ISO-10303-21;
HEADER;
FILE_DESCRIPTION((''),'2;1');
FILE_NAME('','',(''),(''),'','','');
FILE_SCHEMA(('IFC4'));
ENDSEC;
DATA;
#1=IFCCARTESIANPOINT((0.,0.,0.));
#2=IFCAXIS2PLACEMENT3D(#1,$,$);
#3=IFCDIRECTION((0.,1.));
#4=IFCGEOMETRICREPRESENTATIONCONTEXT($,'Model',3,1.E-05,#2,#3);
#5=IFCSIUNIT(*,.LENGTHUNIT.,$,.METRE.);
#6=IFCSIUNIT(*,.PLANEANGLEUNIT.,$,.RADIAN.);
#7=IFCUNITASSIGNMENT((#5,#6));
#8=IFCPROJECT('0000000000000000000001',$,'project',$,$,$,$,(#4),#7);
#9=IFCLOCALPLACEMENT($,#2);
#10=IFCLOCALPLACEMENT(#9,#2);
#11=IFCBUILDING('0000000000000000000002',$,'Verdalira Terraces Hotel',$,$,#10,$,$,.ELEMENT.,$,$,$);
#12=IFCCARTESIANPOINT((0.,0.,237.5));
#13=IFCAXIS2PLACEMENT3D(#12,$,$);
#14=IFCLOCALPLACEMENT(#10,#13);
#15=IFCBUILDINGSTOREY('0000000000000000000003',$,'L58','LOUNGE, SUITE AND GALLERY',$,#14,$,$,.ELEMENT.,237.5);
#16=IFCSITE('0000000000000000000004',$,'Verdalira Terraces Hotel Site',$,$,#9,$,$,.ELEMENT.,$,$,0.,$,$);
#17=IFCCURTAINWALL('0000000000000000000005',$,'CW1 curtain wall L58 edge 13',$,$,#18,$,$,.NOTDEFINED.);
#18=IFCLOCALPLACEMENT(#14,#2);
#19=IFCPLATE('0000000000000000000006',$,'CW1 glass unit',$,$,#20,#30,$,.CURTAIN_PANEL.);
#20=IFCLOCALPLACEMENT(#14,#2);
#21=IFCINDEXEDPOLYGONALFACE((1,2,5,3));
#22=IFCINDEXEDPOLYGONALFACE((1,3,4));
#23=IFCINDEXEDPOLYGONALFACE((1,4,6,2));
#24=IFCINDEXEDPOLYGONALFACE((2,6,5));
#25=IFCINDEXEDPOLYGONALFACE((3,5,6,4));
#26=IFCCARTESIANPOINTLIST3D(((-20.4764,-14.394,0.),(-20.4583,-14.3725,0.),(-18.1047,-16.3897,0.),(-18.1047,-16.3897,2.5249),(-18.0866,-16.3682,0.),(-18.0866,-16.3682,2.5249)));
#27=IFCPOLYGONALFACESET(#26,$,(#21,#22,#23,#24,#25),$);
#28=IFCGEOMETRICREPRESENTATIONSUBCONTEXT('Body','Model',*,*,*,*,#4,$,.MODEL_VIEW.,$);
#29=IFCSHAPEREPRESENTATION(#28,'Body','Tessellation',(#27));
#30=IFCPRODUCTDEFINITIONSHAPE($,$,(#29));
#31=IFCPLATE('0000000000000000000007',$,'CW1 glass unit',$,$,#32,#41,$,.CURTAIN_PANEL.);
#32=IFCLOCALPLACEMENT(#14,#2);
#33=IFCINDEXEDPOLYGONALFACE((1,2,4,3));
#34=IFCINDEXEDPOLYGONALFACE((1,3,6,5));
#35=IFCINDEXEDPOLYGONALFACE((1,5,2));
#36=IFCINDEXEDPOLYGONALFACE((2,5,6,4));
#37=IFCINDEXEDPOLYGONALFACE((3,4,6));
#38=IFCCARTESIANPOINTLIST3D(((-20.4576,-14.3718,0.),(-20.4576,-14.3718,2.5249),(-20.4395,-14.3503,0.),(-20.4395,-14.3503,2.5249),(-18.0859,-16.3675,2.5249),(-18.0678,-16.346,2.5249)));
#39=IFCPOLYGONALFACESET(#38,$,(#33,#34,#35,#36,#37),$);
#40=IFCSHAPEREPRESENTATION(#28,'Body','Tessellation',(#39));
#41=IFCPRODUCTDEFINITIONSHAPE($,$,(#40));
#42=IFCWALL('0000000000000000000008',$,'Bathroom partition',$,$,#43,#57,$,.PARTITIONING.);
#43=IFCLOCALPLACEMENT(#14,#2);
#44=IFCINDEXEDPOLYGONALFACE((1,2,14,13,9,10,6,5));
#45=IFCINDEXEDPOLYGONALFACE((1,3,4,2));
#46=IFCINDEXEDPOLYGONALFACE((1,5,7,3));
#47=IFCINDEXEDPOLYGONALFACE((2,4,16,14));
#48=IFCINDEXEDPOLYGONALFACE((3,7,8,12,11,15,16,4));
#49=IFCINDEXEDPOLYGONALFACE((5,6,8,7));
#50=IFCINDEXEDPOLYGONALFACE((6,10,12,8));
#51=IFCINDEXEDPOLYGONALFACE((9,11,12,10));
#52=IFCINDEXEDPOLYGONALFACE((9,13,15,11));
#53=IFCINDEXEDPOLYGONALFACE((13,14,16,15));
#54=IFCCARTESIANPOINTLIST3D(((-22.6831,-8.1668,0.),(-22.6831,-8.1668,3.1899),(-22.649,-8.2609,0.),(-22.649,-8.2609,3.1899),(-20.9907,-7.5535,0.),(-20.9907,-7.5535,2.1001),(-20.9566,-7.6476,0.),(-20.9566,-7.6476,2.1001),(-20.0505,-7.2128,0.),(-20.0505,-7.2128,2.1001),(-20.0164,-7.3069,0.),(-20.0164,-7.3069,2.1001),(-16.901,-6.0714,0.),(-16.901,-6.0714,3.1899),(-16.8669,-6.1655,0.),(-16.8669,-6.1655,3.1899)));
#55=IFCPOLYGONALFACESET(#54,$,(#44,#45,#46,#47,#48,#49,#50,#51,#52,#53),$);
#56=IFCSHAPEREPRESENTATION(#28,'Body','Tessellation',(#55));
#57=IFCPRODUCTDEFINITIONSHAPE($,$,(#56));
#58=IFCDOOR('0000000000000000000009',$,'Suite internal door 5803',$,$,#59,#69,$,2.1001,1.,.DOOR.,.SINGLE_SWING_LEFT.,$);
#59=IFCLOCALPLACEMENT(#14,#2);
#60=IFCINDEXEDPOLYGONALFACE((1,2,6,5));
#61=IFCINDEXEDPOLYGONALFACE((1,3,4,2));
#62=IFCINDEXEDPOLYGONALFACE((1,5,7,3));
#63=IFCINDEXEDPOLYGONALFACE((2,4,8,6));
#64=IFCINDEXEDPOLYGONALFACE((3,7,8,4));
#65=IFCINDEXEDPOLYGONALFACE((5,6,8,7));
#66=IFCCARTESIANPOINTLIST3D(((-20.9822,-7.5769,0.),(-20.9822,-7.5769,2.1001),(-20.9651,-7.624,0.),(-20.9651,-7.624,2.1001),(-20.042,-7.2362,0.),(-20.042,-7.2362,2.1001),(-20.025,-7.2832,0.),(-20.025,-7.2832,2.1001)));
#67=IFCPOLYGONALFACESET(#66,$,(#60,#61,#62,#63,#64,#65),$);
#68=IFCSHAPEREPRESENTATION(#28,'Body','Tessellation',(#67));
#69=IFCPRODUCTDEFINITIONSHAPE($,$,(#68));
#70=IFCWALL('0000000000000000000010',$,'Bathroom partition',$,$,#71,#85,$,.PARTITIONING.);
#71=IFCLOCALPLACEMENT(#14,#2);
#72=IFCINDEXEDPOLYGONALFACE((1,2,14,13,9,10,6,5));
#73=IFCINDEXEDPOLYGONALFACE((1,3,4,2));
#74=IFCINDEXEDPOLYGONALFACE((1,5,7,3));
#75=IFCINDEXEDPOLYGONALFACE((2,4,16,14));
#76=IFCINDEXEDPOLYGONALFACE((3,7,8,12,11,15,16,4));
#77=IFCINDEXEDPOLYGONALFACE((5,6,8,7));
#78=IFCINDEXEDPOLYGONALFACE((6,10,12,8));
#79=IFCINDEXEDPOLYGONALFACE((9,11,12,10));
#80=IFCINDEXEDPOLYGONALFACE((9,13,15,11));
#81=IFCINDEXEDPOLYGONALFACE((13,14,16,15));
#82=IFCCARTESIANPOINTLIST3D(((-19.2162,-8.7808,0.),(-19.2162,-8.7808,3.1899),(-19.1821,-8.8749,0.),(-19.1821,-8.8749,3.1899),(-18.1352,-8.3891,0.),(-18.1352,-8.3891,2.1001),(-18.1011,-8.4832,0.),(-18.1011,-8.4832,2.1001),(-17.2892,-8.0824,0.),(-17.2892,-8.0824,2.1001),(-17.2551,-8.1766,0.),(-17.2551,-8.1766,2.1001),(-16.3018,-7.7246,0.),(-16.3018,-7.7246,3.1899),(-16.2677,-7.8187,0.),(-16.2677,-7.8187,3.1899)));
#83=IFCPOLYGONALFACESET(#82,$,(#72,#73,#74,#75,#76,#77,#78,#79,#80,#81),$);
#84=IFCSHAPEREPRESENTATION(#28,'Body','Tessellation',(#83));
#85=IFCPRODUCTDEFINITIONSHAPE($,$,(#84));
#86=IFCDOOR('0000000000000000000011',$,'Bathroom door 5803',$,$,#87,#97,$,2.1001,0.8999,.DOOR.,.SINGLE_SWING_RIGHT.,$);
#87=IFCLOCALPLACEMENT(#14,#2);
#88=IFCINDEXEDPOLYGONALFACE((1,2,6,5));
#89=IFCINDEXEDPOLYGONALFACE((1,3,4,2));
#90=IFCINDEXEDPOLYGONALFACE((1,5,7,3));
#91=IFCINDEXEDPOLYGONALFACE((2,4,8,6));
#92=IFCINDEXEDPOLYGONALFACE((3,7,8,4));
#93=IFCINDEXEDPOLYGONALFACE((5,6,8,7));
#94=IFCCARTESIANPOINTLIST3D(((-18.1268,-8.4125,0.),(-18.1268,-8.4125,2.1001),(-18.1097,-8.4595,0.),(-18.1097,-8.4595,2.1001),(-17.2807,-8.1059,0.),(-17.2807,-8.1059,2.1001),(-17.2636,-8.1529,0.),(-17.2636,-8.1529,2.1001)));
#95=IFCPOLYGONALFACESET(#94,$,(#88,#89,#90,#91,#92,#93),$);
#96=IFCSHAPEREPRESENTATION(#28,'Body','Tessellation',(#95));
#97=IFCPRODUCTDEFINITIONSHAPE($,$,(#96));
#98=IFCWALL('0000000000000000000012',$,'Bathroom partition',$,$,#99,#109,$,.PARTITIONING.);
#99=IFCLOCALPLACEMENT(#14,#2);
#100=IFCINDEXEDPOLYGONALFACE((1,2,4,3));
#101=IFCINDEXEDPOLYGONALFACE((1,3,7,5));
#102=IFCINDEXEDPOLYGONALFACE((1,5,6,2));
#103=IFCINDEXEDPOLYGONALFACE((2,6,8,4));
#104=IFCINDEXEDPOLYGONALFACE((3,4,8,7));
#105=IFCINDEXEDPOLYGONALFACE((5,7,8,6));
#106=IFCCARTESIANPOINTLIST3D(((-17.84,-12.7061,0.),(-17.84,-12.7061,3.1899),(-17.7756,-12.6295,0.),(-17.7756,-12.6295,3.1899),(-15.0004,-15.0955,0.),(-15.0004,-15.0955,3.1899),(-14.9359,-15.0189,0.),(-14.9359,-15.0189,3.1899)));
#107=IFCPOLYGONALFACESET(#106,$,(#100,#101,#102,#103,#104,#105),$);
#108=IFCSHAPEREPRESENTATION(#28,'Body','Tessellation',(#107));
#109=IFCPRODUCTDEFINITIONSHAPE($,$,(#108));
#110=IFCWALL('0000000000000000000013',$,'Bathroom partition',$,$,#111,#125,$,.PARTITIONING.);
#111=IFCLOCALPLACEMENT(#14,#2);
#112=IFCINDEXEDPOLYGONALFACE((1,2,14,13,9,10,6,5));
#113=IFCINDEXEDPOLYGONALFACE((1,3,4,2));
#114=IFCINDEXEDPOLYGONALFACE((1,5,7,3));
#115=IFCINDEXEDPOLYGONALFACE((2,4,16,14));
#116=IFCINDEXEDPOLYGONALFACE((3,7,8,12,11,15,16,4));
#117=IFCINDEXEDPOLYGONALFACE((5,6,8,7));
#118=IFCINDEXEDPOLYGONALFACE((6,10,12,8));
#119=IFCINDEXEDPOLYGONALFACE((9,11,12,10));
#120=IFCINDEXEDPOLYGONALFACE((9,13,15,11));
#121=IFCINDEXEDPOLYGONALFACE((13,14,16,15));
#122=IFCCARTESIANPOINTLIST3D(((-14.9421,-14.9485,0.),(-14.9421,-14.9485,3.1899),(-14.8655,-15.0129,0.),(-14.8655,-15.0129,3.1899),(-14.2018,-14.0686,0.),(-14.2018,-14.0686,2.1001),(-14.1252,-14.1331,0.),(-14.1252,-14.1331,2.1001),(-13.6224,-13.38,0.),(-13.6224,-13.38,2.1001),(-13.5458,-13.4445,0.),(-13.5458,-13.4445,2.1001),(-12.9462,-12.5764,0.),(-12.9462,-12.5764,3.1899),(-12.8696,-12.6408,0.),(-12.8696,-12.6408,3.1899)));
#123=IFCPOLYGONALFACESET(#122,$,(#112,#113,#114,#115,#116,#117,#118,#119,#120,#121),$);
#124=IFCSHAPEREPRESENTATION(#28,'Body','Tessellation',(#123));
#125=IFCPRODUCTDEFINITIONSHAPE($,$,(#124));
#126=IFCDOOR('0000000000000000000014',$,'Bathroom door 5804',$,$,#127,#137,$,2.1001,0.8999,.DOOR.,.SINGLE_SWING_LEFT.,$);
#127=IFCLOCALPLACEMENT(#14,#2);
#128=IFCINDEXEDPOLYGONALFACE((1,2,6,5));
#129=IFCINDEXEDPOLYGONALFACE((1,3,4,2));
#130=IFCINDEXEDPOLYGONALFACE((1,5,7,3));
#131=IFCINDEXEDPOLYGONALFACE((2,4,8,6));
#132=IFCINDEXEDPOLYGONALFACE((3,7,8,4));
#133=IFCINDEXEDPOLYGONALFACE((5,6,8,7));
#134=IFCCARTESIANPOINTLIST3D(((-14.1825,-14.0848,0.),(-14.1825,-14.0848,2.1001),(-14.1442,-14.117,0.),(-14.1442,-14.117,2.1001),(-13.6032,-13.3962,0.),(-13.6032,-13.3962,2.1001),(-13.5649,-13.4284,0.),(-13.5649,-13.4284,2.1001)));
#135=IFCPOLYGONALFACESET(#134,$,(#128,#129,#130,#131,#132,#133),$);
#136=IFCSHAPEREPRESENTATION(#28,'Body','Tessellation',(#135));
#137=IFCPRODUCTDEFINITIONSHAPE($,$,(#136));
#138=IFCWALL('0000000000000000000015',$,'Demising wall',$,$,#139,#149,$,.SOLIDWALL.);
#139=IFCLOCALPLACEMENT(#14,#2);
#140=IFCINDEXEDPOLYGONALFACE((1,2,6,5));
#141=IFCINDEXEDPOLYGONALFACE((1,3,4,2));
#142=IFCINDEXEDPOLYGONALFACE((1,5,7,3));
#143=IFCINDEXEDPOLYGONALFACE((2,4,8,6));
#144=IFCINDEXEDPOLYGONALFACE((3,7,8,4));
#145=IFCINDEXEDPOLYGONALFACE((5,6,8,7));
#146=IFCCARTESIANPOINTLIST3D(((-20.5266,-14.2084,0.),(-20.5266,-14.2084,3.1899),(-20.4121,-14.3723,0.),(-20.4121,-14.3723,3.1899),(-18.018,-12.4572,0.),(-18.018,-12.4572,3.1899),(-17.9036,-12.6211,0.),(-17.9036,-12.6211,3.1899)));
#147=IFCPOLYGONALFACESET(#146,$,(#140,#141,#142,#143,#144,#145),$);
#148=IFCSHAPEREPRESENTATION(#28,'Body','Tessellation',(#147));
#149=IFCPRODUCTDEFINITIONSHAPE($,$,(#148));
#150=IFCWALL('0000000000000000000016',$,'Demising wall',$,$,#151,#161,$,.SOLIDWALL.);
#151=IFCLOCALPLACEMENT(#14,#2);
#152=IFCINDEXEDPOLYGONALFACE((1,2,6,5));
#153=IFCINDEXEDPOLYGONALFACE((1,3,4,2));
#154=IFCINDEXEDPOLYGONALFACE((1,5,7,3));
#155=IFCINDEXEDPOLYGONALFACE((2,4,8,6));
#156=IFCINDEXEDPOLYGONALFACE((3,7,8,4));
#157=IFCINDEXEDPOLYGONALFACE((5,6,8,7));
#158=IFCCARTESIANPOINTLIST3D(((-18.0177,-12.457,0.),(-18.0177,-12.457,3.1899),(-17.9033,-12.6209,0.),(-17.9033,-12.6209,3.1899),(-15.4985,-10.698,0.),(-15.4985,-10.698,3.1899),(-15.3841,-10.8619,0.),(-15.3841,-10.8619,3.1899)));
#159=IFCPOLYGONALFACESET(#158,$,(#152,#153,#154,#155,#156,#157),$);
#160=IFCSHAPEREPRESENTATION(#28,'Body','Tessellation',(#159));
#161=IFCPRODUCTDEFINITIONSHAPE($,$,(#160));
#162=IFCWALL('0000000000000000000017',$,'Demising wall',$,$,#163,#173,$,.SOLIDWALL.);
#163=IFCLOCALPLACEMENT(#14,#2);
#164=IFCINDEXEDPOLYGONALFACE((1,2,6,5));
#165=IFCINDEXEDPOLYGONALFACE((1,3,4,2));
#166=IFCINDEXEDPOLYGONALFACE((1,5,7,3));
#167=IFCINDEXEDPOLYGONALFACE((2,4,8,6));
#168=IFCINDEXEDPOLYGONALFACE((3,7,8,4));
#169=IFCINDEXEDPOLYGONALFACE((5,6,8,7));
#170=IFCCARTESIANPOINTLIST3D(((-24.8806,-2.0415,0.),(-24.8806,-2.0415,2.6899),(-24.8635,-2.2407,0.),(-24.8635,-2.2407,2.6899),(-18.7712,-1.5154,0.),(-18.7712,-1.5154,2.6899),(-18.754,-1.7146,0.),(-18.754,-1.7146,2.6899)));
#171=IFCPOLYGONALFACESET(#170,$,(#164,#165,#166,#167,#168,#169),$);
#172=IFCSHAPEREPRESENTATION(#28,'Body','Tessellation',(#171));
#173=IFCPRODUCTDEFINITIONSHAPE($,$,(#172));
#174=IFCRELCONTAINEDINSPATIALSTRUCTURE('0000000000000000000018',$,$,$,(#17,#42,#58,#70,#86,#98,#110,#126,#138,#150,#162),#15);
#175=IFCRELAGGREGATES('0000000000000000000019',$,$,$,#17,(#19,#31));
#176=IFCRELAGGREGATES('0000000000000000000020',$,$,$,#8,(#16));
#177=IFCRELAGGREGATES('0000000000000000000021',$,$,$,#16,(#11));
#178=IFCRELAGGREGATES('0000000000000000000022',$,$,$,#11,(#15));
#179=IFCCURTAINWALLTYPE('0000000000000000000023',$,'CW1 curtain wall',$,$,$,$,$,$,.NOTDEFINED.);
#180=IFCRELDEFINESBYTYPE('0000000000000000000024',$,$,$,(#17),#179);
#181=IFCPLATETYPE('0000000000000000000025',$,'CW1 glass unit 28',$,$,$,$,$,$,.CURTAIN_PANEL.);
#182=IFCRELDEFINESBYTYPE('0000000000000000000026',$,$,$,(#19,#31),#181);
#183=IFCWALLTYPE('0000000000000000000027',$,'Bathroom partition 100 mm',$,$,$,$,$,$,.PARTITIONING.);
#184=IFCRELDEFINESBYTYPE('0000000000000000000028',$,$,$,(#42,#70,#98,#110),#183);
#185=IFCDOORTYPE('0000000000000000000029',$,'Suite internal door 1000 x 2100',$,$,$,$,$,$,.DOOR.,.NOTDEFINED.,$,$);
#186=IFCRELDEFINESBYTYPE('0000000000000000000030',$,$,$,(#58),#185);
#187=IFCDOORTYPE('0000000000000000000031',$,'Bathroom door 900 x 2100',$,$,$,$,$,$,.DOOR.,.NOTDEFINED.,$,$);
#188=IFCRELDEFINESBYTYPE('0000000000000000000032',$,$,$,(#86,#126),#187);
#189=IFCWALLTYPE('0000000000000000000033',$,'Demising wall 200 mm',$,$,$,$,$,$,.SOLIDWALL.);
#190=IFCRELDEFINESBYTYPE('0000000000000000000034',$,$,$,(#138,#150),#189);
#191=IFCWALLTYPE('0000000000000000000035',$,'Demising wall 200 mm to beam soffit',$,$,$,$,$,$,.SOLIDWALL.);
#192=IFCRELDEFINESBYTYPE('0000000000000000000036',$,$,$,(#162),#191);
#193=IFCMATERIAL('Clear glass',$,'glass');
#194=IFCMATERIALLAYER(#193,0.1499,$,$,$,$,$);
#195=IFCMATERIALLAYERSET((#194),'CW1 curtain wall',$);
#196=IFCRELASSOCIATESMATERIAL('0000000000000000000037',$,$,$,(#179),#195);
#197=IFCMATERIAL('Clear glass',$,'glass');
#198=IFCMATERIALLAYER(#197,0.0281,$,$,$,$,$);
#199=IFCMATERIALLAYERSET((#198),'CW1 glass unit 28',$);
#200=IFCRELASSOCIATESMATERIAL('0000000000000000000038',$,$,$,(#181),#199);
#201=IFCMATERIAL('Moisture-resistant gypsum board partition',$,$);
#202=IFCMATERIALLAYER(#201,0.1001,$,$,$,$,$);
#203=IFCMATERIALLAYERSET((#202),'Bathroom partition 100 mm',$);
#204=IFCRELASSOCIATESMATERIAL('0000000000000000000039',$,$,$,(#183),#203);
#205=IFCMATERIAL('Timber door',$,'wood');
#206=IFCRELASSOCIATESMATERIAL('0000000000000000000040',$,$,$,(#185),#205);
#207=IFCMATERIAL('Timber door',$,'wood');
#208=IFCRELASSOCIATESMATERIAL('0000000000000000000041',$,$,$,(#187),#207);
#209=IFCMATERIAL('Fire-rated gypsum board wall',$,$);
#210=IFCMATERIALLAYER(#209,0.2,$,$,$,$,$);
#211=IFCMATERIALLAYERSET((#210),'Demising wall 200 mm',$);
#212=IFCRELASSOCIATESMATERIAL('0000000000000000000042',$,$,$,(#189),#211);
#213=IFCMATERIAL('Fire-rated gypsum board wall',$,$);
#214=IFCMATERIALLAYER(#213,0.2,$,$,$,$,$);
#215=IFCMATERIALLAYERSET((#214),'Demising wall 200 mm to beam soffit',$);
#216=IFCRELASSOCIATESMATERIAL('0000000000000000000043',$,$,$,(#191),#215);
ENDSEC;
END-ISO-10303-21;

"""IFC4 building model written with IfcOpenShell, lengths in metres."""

from ifc_helpers import new_model, si_unit, direction, frame, frame_2d, origin, place, context, subcontext, project, spatial, polyline, rectangle, outline, extrude, material, layer, layer_set, type_object, element, fill, aggregate, save


model = new_model("IFC4")

# Units and contexts
model_context = context("Model", 3, precision=1e-05, world=origin(), true_north=direction((0.0, 1.0)))
body_context = subcontext(model_context, "Body", "Model", "MODEL_VIEW")
ifc_project = project(units=[si_unit("LENGTHUNIT", "METRE"), si_unit("PLANEANGLEUNIT", "RADIAN")], contexts=[model_context])

# Site, building, storey
site_placement = place(None, origin())
site = spatial("IfcSite", under=ifc_project, at=site_placement, Name="Verdalira Terraces Hotel Site", CompositionType="ELEMENT", RefElevation=0.0)
building_placement = place(site_placement, origin())
building = spatial("IfcBuilding", under=site, at=building_placement, Name="Verdalira Terraces Hotel", CompositionType="ELEMENT")
storey_placement = place(building_placement, frame((0.0, 0.0, 237.5)))
storey = spatial("IfcBuildingStorey", under=building, at=storey_placement, Name="L58", Description="LOUNGE, SUITE AND GALLERY", CompositionType="ELEMENT", Elevation=237.5)

# Curtain wall, plates
ifc_material_1 = material(Name="Clear glass", Category="glass")
ifc_layer_1 = layer(ifc_material_1, 0.1499)
ifc_layer_set_1 = layer_set([ifc_layer_1], Name="CW1 curtain wall")
curtain_wall_type = type_object("IfcCurtainWallType", Name="CW1 curtain wall", PredefinedType="NOTDEFINED", material=ifc_layer_set_1)
curtain_wall_placement = place(storey_placement, origin())
curtain_wall = element("IfcCurtainWall", 1, at=curtain_wall_placement, inside=storey, type_object=curtain_wall_type, Name="CW1 curtain wall L58 edge 13", PredefinedType="NOTDEFINED")
ifc_material_2 = material(Name="Clear glass", Category="glass")
ifc_layer_2 = layer(ifc_material_2, 0.0281)
ifc_layer_set_2 = layer_set([ifc_layer_2], Name="CW1 glass unit 28")
plate_type = type_object("IfcPlateType", Name="CW1 glass unit 28", PredefinedType="CURTAIN_PANEL", material=ifc_layer_set_2)
plate_1_placement = place(storey_placement, frame((-19.2725, -15.3704, 1.2625), z_axis=(-0.643857, -0.765146, 0.0), x_axis=(0.765146, -0.643857, 0.0)))
plate_1 = element("IfcPlate", 2, at=plate_1_placement, type_object=plate_type, Name="CW1 glass unit", PredefinedType="CURTAIN_PANEL", context=body_context, shape_type="SweptSolid", body=[
    extrude(outline(polyline([(-1.5498, -1.2625), (1.5498, -1.2625), (1.5498, 1.2625), (-1.5498, -1.2625)])), origin(), (0.0, 0.0, 1.0), 0.0281),
])
plate_2_placement = place(storey_placement, frame((-19.2537, -15.3481, 1.2625), z_axis=(-0.643857, -0.765146, 0.0), x_axis=(0.765146, -0.643857, 0.0)))
plate_2 = element("IfcPlate", 3, at=plate_2_placement, type_object=plate_type, Name="CW1 glass unit", PredefinedType="CURTAIN_PANEL", context=body_context, shape_type="SweptSolid", body=[
    extrude(outline(polyline([(-1.5498, -1.2625), (1.5498, 1.2625), (-1.5498, 1.2625), (-1.5498, -1.2625)])), origin(), (0.0, 0.0, 1.0), 0.0281),
])
aggregate(curtain_wall, [plate_1, plate_2])

# Walls, openings, doors
ifc_material_3 = material(Name="Moisture-resistant gypsum board partition")
ifc_layer_3 = layer(ifc_material_3, 0.1001)
ifc_layer_set_3 = layer_set([ifc_layer_3], Name="Bathroom partition 100 mm")
wall_type_1 = type_object("IfcWallType", Name="Bathroom partition 100 mm", PredefinedType="PARTITIONING", material=ifc_layer_set_3)
wall_1_placement = place(storey_placement, frame((-16.8838, -6.1184, 0.0), z_axis=(0.0, 0.0, 1.0), x_axis=(-0.940167, -0.340713, 0.0)))
wall_1 = element("IfcWall", 4, at=wall_1_placement, inside=storey, type_object=wall_type_1, Name="Bathroom partition", PredefinedType="PARTITIONING", context=body_context, shape_type="SweptSolid", body=[
    extrude(rectangle(XDim=6.1501, YDim=0.1001, at=frame_2d((3.0752, 0.0))), origin(), (0.0, 0.0, 1.0), 3.1899),
])
opening_1_placement = place(wall_1_placement, frame((3.3501, 0.0, 0.0)))
opening_1 = element("IfcOpeningElement", 5, at=opening_1_placement, cuts=wall_1, PredefinedType="OPENING", context=body_context, shape_type="SweptSolid", body=[
    extrude(rectangle(XDim=1.0, YDim=2.1001, at=frame_2d((0.5, 1.05))), frame((0.0, 0.0601, 0.0), z_axis=(0.0, -1.0, 0.0), x_axis=(1.0, 0.0, 0.0)), (0.0, 0.0, 1.0), 0.1201),
])
ifc_material_4 = material(Name="Timber door", Category="wood")
door_type_1 = type_object("IfcDoorType", Name="Suite internal door 1000 x 2100", OperationType="NOTDEFINED", PredefinedType="DOOR", material=ifc_material_4)
door_1_placement = place(opening_1_placement, origin())
door_1 = element("IfcDoor", 6, at=door_1_placement, inside=storey, type_object=door_type_1, Name="Suite internal door 5803", OperationType="SINGLE_SWING_LEFT", OverallHeight=2.1001, OverallWidth=1.0, PredefinedType="DOOR", context=body_context, shape_type="SweptSolid", body=[
    extrude(rectangle(XDim=1.0, YDim=2.1001, at=frame_2d((0.5, 1.05))), frame((0.0, 0.0249, 0.0), z_axis=(0.0, -1.0, 0.0), x_axis=(1.0, 0.0, 0.0)), (0.0, 0.0, 1.0), 0.05),
])
fill(opening_1, door_1)
wall_2_placement = place(storey_placement, frame((-16.2849, -7.7717, 0.0), z_axis=(0.0, 0.0, 1.0), x_axis=(-0.940165, -0.340718, 0.0)))
wall_2 = element("IfcWall", 7, at=wall_2_placement, inside=storey, type_object=wall_type_1, Name="Bathroom partition", PredefinedType="PARTITIONING", context=body_context, shape_type="SweptSolid", body=[
    extrude(rectangle(XDim=3.0999, YDim=0.1001, at=frame_2d((1.5498, 0.0))), origin(), (0.0, 0.0, 1.0), 3.1899),
])
opening_2_placement = place(wall_2_placement, frame((1.05, 0.0, 0.0)))
opening_2 = element("IfcOpeningElement", 8, at=opening_2_placement, cuts=wall_2, PredefinedType="OPENING", context=body_context, shape_type="SweptSolid", body=[
    extrude(rectangle(XDim=0.8999, YDim=2.1001, at=frame_2d((0.45, 1.05))), frame((0.0, 0.0601, 0.0), z_axis=(0.0, -1.0, 0.0), x_axis=(1.0, 0.0, 0.0)), (0.0, 0.0, 1.0), 0.1201),
])
ifc_material_5 = material(Name="Timber door", Category="wood")
door_type_2 = type_object("IfcDoorType", Name="Bathroom door 900 x 2100", OperationType="NOTDEFINED", PredefinedType="DOOR", material=ifc_material_5)
door_2_placement = place(opening_2_placement, origin())
door_2 = element("IfcDoor", 9, at=door_2_placement, inside=storey, type_object=door_type_2, Name="Bathroom door 5803", OperationType="SINGLE_SWING_RIGHT", OverallHeight=2.1001, OverallWidth=0.8999, PredefinedType="DOOR", context=body_context, shape_type="SweptSolid", body=[
    extrude(rectangle(XDim=0.8999, YDim=2.1001, at=frame_2d((0.45, 1.05))), frame((0.0, 0.0249, 0.0), z_axis=(0.0, -1.0, 0.0), x_axis=(1.0, 0.0, 0.0)), (0.0, 0.0, 1.0), 0.05),
])
fill(opening_2, door_2)

# Wall
wall_3_placement = place(storey_placement, frame((-14.9683, -15.0571, 0.0), z_axis=(0.0, 0.0, 1.0), x_axis=(-0.765155, 0.643846, 0.0)))
element("IfcWall", 10, at=wall_3_placement, inside=storey, type_object=wall_type_1, Name="Bathroom partition", PredefinedType="PARTITIONING", context=body_context, shape_type="SweptSolid", body=[
    extrude(rectangle(XDim=3.7112, YDim=0.1001, at=frame_2d((1.8555, 0.0))), origin(), (0.0, 0.0, 1.0), 3.1899),
])

# Wall, opening, door
wall_4_placement = place(storey_placement, frame((-14.9038, -14.9807, 0.0), z_axis=(0.0, 0.0, 1.0), x_axis=(0.643818, 0.765179, 0.0)))
wall_4 = element("IfcWall", 11, at=wall_4_placement, inside=storey, type_object=wall_type_1, Name="Bathroom partition", PredefinedType="PARTITIONING", context=body_context, shape_type="SweptSolid", body=[
    extrude(rectangle(XDim=3.1001, YDim=0.1001, at=frame_2d((1.55, 0.0))), origin(), (0.0, 0.0, 1.0), 3.1899),
])
opening_3_placement = place(wall_4_placement, frame((1.1499, 0.0, 0.0)))
opening_3 = element("IfcOpeningElement", 12, at=opening_3_placement, cuts=wall_4, PredefinedType="OPENING", context=body_context, shape_type="SweptSolid", body=[
    extrude(rectangle(XDim=0.8999, YDim=2.1001, at=frame_2d((0.45, 1.05))), frame((0.0, 0.0601, 0.0), z_axis=(0.0, -1.0, 0.0), x_axis=(1.0, 0.0, 0.0)), (0.0, 0.0, 1.0), 0.1201),
])
door_3_placement = place(opening_3_placement, origin())
door_3 = element("IfcDoor", 13, at=door_3_placement, inside=storey, type_object=door_type_2, Name="Bathroom door 5804", OperationType="SINGLE_SWING_LEFT", OverallHeight=2.1001, OverallWidth=0.8999, PredefinedType="DOOR", context=body_context, shape_type="SweptSolid", body=[
    extrude(rectangle(XDim=0.8999, YDim=2.1001, at=frame_2d((0.45, 1.05))), frame((0.0, 0.0249, 0.0), z_axis=(0.0, -1.0, 0.0), x_axis=(1.0, 0.0, 0.0)), (0.0, 0.0, 1.0), 0.05),
])
fill(opening_3, door_3)

# Walls
ifc_material_6 = material(Name="Fire-rated gypsum board wall")
ifc_layer_4 = layer(ifc_material_6, 0.2)
ifc_layer_set_4 = layer_set([ifc_layer_4], Name="Demising wall 200 mm")
wall_type_2 = type_object("IfcWallType", Name="Demising wall 200 mm", PredefinedType="SOLIDWALL", material=ifc_layer_set_4)
wall_5_placement = place(storey_placement, frame((-17.9607, -12.5391, 0.0), z_axis=(0.0, 0.0, 1.0), x_axis=(-0.819962, -0.572417, 0.0)))
element("IfcWall", 14, at=wall_5_placement, inside=storey, type_object=wall_type_2, Name="Demising wall", PredefinedType="SOLIDWALL", context=body_context, shape_type="SweptSolid", body=[
    extrude(rectangle(XDim=3.0593, YDim=0.2, at=frame_2d((1.5298, 0.0))), origin(), (0.0, 0.0, 1.0), 3.1899),
])
wall_6_placement = place(storey_placement, frame((-15.4414, -10.78, 0.0), z_axis=(0.0, 0.0, 1.0), x_axis=(-0.819914, -0.572486, 0.0)))
element("IfcWall", 15, at=wall_6_placement, inside=storey, type_object=wall_type_2, Name="Demising wall", PredefinedType="SOLIDWALL", context=body_context, shape_type="SweptSolid", body=[
    extrude(rectangle(XDim=3.0725, YDim=0.2, at=frame_2d((1.5361, 0.0))), origin(), (0.0, 0.0, 1.0), 3.1899),
])
ifc_material_7 = material(Name="Fire-rated gypsum board wall")
ifc_layer_5 = layer(ifc_material_7, 0.2)
ifc_layer_set_5 = layer_set([ifc_layer_5], Name="Demising wall 200 mm to beam soffit")
wall_type_3 = type_object("IfcWallType", Name="Demising wall 200 mm to beam soffit", PredefinedType="SOLIDWALL", material=ifc_layer_set_5)
wall_7_placement = place(storey_placement, frame((-18.7627, -1.615, 0.0), z_axis=(0.0, 0.0, 1.0), x_axis=(-0.996312, -0.0858, 0.0)))
element("IfcWall", 16, at=wall_7_placement, inside=storey, type_object=wall_type_3, Name="Demising wall", PredefinedType="SOLIDWALL", context=body_context, shape_type="SweptSolid", body=[
    extrude(rectangle(XDim=6.1321, YDim=0.2, at=frame_2d((3.0659, 0.0))), origin(), (0.0, 0.0, 1.0), 2.6899),
])

save(model, "model.ifc")
